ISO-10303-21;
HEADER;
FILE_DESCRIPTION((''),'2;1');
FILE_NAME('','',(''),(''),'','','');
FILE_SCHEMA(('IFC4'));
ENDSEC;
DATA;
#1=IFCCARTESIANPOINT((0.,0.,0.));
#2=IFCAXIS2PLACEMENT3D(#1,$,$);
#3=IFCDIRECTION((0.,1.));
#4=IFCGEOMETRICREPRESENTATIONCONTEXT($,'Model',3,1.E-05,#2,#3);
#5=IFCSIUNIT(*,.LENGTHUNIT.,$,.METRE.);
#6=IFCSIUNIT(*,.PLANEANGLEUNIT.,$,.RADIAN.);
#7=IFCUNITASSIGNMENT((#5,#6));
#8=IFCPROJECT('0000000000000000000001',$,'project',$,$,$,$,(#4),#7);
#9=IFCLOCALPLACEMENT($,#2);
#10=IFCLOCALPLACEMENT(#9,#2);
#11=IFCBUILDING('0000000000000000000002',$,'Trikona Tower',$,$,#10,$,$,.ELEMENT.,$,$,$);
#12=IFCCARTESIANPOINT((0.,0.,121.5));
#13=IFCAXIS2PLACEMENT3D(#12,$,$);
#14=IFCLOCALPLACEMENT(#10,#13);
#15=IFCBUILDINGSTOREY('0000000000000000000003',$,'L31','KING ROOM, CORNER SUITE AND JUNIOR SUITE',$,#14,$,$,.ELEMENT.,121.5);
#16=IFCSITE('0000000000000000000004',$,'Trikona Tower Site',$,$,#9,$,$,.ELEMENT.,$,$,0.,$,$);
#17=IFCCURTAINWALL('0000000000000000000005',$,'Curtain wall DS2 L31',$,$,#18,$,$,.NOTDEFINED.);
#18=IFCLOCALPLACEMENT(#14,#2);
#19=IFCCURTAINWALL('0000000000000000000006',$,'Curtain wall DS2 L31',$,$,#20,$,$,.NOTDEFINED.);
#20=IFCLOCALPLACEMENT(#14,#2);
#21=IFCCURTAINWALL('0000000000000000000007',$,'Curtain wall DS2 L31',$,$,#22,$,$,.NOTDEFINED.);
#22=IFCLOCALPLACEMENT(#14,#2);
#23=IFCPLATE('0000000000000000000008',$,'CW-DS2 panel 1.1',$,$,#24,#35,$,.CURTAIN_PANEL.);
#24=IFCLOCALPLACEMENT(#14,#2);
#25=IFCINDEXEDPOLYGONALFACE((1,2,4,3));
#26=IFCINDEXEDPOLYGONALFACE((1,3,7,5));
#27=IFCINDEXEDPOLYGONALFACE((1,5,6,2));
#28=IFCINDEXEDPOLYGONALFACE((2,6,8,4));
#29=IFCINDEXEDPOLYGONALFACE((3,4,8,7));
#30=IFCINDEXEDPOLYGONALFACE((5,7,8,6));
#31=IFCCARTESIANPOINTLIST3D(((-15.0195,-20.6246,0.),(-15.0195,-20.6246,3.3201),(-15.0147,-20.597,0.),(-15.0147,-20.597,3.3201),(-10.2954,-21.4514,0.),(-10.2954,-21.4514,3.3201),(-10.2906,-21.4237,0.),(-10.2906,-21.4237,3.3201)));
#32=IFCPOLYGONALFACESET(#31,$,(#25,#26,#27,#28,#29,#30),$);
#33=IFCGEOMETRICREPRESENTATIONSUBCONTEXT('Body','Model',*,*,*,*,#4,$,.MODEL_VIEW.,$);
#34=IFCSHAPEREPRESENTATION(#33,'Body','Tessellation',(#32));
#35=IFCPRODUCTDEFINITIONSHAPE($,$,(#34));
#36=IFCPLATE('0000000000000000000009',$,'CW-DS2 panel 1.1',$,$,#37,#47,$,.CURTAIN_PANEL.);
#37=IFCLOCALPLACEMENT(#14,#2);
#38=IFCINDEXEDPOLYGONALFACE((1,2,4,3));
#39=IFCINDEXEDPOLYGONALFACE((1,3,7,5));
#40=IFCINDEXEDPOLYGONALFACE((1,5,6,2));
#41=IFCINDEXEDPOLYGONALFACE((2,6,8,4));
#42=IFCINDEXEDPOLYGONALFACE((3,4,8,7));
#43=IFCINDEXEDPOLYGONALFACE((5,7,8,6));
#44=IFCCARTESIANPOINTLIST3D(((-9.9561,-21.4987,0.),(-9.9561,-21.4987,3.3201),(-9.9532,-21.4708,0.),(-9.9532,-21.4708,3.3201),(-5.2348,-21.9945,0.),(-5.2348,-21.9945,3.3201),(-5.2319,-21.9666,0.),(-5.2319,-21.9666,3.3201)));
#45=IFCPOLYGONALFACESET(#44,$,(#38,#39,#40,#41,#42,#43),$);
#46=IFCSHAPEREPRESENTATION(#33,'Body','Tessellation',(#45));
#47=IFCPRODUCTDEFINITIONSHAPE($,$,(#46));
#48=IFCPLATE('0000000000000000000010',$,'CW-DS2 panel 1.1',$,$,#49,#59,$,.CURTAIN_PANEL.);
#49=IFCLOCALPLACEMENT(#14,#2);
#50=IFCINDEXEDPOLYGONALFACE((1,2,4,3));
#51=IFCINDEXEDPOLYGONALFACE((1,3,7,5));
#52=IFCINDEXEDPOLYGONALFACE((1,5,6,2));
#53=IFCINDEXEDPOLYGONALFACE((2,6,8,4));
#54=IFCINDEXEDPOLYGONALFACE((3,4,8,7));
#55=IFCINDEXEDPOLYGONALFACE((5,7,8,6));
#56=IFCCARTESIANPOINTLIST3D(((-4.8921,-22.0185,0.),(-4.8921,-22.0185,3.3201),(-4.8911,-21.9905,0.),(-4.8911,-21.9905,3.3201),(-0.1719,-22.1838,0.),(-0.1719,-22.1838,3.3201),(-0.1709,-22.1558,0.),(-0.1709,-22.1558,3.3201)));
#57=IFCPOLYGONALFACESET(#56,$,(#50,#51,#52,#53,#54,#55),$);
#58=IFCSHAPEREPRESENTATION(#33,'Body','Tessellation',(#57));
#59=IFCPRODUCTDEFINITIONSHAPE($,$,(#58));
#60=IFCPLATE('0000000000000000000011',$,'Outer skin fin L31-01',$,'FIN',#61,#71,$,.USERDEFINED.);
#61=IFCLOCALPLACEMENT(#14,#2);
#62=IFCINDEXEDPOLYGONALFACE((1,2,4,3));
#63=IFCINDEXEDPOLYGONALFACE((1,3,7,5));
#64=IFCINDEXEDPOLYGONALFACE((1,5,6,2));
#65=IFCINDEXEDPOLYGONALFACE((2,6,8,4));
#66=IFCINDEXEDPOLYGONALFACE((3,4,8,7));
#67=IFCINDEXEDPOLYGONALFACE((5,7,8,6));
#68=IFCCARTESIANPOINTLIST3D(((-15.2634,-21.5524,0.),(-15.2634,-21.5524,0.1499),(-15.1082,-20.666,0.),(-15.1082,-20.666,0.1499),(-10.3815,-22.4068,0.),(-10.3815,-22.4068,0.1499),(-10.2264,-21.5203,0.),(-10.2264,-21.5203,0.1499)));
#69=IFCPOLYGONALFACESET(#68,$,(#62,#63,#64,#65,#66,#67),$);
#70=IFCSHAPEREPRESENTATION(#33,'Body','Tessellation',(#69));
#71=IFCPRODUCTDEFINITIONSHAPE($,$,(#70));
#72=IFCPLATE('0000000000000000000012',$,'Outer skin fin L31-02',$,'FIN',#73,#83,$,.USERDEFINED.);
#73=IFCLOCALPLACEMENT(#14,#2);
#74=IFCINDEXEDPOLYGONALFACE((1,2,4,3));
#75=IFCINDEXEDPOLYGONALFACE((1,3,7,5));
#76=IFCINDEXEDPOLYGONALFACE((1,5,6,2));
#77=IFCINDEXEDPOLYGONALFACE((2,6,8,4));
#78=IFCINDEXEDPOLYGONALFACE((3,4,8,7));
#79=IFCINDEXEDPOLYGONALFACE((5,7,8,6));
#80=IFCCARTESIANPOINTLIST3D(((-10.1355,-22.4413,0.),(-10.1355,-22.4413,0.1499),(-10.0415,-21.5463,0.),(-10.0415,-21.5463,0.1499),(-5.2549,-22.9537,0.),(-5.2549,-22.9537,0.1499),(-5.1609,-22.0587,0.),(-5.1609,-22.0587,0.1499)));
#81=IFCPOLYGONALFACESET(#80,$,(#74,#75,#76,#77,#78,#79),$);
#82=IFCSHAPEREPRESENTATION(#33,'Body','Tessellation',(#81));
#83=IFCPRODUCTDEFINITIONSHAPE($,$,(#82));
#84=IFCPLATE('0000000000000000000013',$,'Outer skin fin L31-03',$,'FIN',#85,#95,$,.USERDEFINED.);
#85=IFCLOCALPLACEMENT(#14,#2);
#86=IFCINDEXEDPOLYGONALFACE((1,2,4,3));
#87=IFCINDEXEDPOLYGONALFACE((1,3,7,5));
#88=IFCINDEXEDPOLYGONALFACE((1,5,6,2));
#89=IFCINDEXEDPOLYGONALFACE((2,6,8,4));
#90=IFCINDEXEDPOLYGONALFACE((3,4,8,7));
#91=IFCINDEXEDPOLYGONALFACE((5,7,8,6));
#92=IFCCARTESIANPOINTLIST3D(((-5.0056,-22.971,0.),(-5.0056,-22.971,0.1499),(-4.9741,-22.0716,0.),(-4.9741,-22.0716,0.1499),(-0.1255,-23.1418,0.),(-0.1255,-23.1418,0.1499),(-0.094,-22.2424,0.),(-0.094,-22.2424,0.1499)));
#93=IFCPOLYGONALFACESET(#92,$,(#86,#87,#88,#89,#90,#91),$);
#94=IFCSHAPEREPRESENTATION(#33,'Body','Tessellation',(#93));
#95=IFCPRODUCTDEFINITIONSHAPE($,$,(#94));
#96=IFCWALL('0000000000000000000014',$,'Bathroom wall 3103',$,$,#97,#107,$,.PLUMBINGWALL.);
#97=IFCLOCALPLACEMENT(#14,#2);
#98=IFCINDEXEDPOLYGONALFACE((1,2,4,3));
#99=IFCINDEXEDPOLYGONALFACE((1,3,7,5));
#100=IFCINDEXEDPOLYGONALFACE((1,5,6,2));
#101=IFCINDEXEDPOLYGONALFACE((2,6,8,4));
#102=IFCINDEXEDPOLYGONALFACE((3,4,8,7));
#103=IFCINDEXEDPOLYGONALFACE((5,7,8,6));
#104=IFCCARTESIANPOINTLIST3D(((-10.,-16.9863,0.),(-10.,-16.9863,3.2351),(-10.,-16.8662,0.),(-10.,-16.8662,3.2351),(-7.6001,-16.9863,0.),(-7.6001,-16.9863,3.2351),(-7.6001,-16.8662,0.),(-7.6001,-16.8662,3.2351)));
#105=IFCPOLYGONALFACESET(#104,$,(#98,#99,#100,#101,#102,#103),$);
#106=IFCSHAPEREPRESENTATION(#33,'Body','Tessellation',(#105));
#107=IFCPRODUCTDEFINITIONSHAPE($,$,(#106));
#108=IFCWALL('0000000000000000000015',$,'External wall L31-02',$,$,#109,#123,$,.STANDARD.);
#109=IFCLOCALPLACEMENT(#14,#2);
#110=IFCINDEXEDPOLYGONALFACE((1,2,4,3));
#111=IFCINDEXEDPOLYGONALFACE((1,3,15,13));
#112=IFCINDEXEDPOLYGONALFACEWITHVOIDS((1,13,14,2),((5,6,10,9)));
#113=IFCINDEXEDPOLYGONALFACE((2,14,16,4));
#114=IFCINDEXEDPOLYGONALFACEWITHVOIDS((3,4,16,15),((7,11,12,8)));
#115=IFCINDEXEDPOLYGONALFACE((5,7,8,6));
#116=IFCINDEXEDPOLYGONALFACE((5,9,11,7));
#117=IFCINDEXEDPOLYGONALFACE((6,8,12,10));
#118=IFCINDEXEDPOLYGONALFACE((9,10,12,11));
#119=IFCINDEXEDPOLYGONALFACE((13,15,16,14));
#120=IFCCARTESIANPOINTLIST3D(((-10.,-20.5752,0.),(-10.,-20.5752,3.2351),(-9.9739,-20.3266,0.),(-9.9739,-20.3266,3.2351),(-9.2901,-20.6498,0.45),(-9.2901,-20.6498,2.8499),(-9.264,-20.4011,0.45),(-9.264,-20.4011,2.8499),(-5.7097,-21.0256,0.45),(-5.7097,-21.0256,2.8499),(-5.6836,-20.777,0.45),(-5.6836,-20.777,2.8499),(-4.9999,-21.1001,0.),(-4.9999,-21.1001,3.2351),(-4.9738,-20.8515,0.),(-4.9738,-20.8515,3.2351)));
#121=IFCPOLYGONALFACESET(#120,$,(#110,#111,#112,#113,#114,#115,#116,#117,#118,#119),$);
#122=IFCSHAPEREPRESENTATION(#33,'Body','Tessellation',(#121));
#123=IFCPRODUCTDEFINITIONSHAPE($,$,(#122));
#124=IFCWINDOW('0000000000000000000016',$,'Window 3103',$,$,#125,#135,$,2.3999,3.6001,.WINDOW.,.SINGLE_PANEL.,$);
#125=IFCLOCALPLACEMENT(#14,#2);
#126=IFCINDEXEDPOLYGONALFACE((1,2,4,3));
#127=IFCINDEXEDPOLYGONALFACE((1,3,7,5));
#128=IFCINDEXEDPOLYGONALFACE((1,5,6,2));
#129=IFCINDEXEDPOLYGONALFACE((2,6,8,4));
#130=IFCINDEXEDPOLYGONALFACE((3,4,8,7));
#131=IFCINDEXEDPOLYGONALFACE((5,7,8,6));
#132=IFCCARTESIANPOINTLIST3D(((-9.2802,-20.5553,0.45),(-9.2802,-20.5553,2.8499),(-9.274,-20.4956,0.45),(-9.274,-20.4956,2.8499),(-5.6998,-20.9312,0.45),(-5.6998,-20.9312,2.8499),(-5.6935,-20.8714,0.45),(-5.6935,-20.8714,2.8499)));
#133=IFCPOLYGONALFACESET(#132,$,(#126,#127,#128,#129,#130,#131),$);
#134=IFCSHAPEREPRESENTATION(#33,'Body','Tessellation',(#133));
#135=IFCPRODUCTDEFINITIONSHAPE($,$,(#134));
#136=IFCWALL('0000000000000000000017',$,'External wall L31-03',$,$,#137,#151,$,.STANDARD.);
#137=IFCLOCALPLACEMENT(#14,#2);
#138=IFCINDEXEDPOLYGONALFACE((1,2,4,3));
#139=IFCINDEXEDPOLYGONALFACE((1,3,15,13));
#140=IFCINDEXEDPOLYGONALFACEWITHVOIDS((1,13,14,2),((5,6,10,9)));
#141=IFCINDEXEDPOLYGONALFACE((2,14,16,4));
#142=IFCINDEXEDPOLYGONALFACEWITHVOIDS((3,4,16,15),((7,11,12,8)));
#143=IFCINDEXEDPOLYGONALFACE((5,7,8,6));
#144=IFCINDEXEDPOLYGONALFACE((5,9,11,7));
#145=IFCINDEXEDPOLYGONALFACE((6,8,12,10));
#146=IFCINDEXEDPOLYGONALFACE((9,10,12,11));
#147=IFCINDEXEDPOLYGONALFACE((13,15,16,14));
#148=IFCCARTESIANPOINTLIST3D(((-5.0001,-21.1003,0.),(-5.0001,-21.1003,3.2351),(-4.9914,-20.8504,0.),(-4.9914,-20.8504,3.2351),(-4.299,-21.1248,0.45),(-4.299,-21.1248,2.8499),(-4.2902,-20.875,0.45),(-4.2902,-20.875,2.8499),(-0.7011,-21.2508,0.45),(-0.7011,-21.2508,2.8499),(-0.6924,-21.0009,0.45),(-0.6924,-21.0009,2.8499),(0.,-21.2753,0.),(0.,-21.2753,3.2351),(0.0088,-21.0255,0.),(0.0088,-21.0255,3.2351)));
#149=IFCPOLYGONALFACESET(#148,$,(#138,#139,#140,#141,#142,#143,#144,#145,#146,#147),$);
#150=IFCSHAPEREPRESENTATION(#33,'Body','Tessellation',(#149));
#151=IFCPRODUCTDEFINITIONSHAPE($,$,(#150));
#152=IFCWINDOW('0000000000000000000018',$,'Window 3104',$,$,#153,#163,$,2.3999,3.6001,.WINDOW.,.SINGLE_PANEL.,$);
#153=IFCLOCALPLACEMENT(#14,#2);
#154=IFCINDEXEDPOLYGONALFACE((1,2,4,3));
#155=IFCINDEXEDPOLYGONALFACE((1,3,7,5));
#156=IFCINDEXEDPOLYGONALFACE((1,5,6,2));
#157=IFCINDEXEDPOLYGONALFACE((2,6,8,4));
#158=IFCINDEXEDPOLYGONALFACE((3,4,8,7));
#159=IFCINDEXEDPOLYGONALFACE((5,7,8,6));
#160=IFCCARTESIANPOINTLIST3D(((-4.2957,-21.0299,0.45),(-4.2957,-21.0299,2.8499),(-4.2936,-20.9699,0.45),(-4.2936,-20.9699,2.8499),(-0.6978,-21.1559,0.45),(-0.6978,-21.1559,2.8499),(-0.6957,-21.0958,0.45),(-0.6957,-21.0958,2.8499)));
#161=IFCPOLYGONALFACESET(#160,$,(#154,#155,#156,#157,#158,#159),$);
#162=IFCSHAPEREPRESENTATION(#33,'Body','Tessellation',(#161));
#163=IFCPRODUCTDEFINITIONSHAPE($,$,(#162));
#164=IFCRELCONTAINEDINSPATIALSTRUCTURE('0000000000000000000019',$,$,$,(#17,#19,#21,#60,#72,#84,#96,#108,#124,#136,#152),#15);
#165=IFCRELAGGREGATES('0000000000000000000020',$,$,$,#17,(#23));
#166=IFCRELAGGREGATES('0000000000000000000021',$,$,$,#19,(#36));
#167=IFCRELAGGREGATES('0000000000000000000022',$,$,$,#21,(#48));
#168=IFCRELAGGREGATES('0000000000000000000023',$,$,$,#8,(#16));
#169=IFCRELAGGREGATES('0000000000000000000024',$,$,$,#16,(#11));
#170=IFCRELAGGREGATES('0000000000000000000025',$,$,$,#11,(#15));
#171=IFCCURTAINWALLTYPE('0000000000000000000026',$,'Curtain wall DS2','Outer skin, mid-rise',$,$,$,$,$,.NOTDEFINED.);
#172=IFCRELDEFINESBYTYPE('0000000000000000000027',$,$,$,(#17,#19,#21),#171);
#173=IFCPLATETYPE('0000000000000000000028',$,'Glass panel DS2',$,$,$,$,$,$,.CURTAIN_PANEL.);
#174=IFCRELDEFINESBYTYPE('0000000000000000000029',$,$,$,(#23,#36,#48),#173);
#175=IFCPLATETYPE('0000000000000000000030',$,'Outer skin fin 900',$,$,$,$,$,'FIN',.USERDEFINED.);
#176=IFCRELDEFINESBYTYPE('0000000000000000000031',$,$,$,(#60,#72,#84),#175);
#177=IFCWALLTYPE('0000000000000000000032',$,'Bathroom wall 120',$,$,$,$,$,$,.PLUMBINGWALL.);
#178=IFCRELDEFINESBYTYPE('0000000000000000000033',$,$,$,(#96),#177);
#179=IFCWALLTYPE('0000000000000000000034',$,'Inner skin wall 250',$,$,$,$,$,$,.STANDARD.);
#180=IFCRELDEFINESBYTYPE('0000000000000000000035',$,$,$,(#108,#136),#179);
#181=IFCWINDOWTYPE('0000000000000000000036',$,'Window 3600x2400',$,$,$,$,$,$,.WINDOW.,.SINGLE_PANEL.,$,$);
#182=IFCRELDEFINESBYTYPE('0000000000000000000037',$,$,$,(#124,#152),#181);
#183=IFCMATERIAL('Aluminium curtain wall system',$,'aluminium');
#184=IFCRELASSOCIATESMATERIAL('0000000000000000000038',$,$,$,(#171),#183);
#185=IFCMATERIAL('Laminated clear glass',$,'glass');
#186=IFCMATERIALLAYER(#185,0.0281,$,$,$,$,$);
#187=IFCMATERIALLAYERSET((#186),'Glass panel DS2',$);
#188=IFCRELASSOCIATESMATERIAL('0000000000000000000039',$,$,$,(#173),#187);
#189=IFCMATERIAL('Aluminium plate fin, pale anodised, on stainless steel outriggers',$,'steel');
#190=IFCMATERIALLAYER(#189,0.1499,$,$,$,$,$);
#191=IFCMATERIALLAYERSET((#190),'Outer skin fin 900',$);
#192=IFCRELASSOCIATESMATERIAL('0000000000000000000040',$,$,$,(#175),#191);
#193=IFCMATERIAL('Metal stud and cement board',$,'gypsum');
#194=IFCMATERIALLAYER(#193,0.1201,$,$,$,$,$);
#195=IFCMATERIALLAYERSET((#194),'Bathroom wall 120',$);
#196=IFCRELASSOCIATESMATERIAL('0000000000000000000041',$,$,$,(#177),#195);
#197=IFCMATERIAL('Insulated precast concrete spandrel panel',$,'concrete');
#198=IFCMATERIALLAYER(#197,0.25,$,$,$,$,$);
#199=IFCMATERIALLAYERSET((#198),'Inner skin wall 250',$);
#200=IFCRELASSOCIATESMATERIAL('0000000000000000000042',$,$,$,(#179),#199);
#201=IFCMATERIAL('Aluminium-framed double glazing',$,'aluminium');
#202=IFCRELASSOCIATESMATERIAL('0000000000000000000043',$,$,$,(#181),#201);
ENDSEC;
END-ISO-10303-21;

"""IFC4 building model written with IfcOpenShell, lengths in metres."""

from ifc_helpers import new_model, si_unit, direction, frame, frame_2d, origin, origin_2d, place, context, subcontext, project, spatial, rectangle, extrude, material, layer, layer_set, type_object, element, fill, aggregate, save


model = new_model("IFC4")

# Units and contexts
model_context = context("Model", 3, precision=1e-05, world=origin(), true_north=direction((0.0, 1.0)))
body_context = subcontext(model_context, "Body", "Model", "MODEL_VIEW")
ifc_project = project(units=[si_unit("LENGTHUNIT", "METRE"), si_unit("PLANEANGLEUNIT", "RADIAN")], contexts=[model_context])

# Site, building, storey
site_placement = place(None, origin())
site = spatial("IfcSite", under=ifc_project, at=site_placement, Name="Trikona Tower Site", CompositionType="ELEMENT", RefElevation=0.0)
building_placement = place(site_placement, origin())
building = spatial("IfcBuilding", under=site, at=building_placement, Name="Trikona Tower", CompositionType="ELEMENT")
storey_placement = place(building_placement, frame((0.0, 0.0, 121.5)))
storey = spatial("IfcBuildingStorey", under=building, at=storey_placement, Name="L31", Description="KING ROOM, CORNER SUITE AND JUNIOR SUITE", CompositionType="ELEMENT", Elevation=121.5)

# Curtain wall
ifc_material_1 = material(Name="Aluminium curtain wall system", Category="aluminium")
curtain_wall_type = type_object("IfcCurtainWallType", Name="Curtain wall DS2", Description="Outer skin, mid-rise", PredefinedType="NOTDEFINED", material=ifc_material_1)
curtain_wall_1_placement = place(storey_placement, origin())
curtain_wall_1 = element("IfcCurtainWall", 1, at=curtain_wall_1_placement, inside=storey, type_object=curtain_wall_type, Name="Curtain wall DS2 L31", PredefinedType="NOTDEFINED")

# Curtain walls
curtain_wall_2_placement = place(storey_placement, origin())
curtain_wall_2 = element("IfcCurtainWall", 2, at=curtain_wall_2_placement, inside=storey, type_object=curtain_wall_type, Name="Curtain wall DS2 L31", PredefinedType="NOTDEFINED")
curtain_wall_3_placement = place(storey_placement, origin())
curtain_wall_3 = element("IfcCurtainWall", 3, at=curtain_wall_3_placement, inside=storey, type_object=curtain_wall_type, Name="Curtain wall DS2 L31", PredefinedType="NOTDEFINED")

# Plates
ifc_material_2 = material(Name="Laminated clear glass", Category="glass")
ifc_layer_1 = layer(ifc_material_2, 0.0281)
ifc_layer_set_1 = layer_set([ifc_layer_1], Name="Glass panel DS2")
plate_type_1 = type_object("IfcPlateType", Name="Glass panel DS2", PredefinedType="CURTAIN_PANEL", material=ifc_layer_set_1)
plate_1_placement = place(storey_placement, frame((-12.655, -21.0242, 0.0), z_axis=(0.0, 0.0, 1.0), x_axis=(0.985031, -0.172377, 0.0)))
plate_1 = element("IfcPlate", 4, at=plate_1_placement, type_object=plate_type_1, Name="CW-DS2 panel 1.1", PredefinedType="CURTAIN_PANEL", context=body_context, shape_type="SweptSolid", body=[
    extrude(rectangle(XDim=4.7959, YDim=0.0281, at=origin_2d()), origin(), (0.0, 0.0, 1.0), 3.3201),
])
aggregate(curtain_wall_1, [plate_1])
plate_2_placement = place(storey_placement, frame((-7.594, -21.7327, 0.0), z_axis=(0.0, 0.0, 1.0), x_axis=(0.994532, -0.104433, 0.0)))
plate_2 = element("IfcPlate", 5, at=plate_2_placement, type_object=plate_type_1, Name="CW-DS2 panel 1.1", PredefinedType="CURTAIN_PANEL", context=body_context, shape_type="SweptSolid", body=[
    extrude(rectangle(XDim=4.7473, YDim=0.0281, at=origin_2d()), origin(), (0.0, 0.0, 1.0), 3.3201),
])
aggregate(curtain_wall_2, [plate_2])
plate_3_placement = place(storey_placement, frame((-2.5315, -22.0872, 0.0), z_axis=(0.0, 0.0, 1.0), x_axis=(0.999387, -0.034998, 0.0)))
plate_3 = element("IfcPlate", 6, at=plate_3_placement, type_object=plate_type_1, Name="CW-DS2 panel 1.1", PredefinedType="CURTAIN_PANEL", context=body_context, shape_type="SweptSolid", body=[
    extrude(rectangle(XDim=4.7231, YDim=0.0281, at=origin_2d()), origin(), (0.0, 0.0, 1.0), 3.3201),
])
aggregate(curtain_wall_3, [plate_3])

# Plates
ifc_material_3 = material(Name="Aluminium plate fin, pale anodised, on stainless steel outriggers", Category="steel")
ifc_layer_2 = layer(ifc_material_3, 0.1499)
ifc_layer_set_2 = layer_set([ifc_layer_2], Name="Outer skin fin 900")
plate_type_2 = type_object("IfcPlateType", Name="Outer skin fin 900", ElementType="FIN", PredefinedType="USERDEFINED", material=ifc_layer_set_2)
plate_4_placement = place(storey_placement, frame((-12.7449, -21.5364, 0.0), z_axis=(0.0, 0.0, 1.0), x_axis=(0.985031, -0.17238, 0.0)))
element("IfcPlate", 7, at=plate_4_placement, inside=storey, type_object=plate_type_2, Name="Outer skin fin L31-01", ObjectType="FIN", PredefinedType="USERDEFINED", context=body_context, shape_type="SweptSolid", body=[
    extrude(rectangle(XDim=4.9561, YDim=0.8999, at=origin_2d()), origin(), (0.0, 0.0, 1.0), 0.1499),
])
plate_5_placement = place(storey_placement, frame((-7.6482, -22.25, 0.0), z_axis=(0.0, 0.0, 1.0), x_axis=(0.994533, -0.104426, 0.0)))
element("IfcPlate", 8, at=plate_5_placement, inside=storey, type_object=plate_type_2, Name="Outer skin fin L31-02", ObjectType="FIN", PredefinedType="USERDEFINED", context=body_context, shape_type="SweptSolid", body=[
    extrude(rectangle(XDim=4.9075, YDim=0.8999, at=origin_2d()), origin(), (0.0, 0.0, 1.0), 0.1499),
])
plate_6_placement = place(storey_placement, frame((-2.5498, -22.6067, 0.0), z_axis=(0.0, 0.0, 1.0), x_axis=(0.999388, -0.034978, 0.0)))
element("IfcPlate", 9, at=plate_6_placement, inside=storey, type_object=plate_type_2, Name="Outer skin fin L31-03", ObjectType="FIN", PredefinedType="USERDEFINED", context=body_context, shape_type="SweptSolid", body=[
    extrude(rectangle(XDim=4.8831, YDim=0.8999, at=origin_2d()), origin(), (0.0, 0.0, 1.0), 0.1499),
])

# Wall
ifc_material_4 = material(Name="Metal stud and cement board", Category="gypsum")
ifc_layer_3 = layer(ifc_material_4, 0.1201)
ifc_layer_set_3 = layer_set([ifc_layer_3], Name="Bathroom wall 120")
wall_type_1 = type_object("IfcWallType", Name="Bathroom wall 120", PredefinedType="PLUMBINGWALL", material=ifc_layer_set_3)
wall_1_placement = place(storey_placement, frame((-10.0, -16.9263, 0.0), z_axis=(0.0, 0.0, 1.0), x_axis=(1.0, 0.0, 0.0)))
element("IfcWall", 10, at=wall_1_placement, inside=storey, type_object=wall_type_1, Name="Bathroom wall 3103", PredefinedType="PLUMBINGWALL", context=body_context, shape_type="SweptSolid", body=[
    extrude(rectangle(XDim=2.3999, YDim=0.1201, at=frame_2d((1.2, 0.0))), origin(), (0.0, 0.0, 1.0), 3.2351),
])

# Walls, openings, windows
ifc_material_5 = material(Name="Insulated precast concrete spandrel panel", Category="concrete")
ifc_layer_4 = layer(ifc_material_5, 0.25)
ifc_layer_set_4 = layer_set([ifc_layer_4], Name="Inner skin wall 250")
wall_type_2 = type_object("IfcWallType", Name="Inner skin wall 250", PredefinedType="STANDARD", material=ifc_layer_set_4)
wall_2_placement = place(storey_placement, frame((-9.9868, -20.4509, 0.0), z_axis=(0.0, 0.0, 1.0), x_axis=(0.994535, -0.104407, 0.0)))
wall_2 = element("IfcWall", 11, at=wall_2_placement, inside=storey, type_object=wall_type_2, Name="External wall L31-02", PredefinedType="STANDARD", context=body_context, shape_type="SweptSolid", body=[
    extrude(rectangle(XDim=5.0276, YDim=0.25, at=frame_2d((2.5137, 0.0))), origin(), (0.0, 0.0, 1.0), 3.2351),
])
opening_1_placement = place(wall_2_placement, frame((0.7136, 0.0, 0.45)))
opening_1 = element("IfcOpeningElement", 12, at=opening_1_placement, cuts=wall_2, PredefinedType="OPENING", context=body_context, shape_type="SweptSolid", body=[
    extrude(rectangle(XDim=3.6001, YDim=2.3999, at=frame_2d((1.8, 1.2))), frame((0.0, 0.135, 0.0), z_axis=(0.0, -1.0, 0.0), x_axis=(1.0, 0.0, 0.0)), (0.0, 0.0, 1.0), 0.27),
])
ifc_material_6 = material(Name="Aluminium-framed double glazing", Category="aluminium")
window_type = type_object("IfcWindowType", Name="Window 3600x2400", PartitioningType="SINGLE_PANEL", PredefinedType="WINDOW", material=ifc_material_6)
window_1_placement = place(opening_1_placement, origin())
window_1 = element("IfcWindow", 13, at=window_1_placement, inside=storey, type_object=window_type, Name="Window 3103", OverallHeight=2.3999, OverallWidth=3.6001, PartitioningType="SINGLE_PANEL", PredefinedType="WINDOW", context=body_context, shape_type="SweptSolid", body=[
    extrude(rectangle(XDim=3.6001, YDim=2.3999, at=frame_2d((1.8, 1.2))), frame((0.0, 0.03, 0.0), z_axis=(0.0, -1.0, 0.0), x_axis=(1.0, 0.0, 0.0)), (0.0, 0.0, 1.0), 0.0601),
])
fill(opening_1, window_1)
wall_3_placement = place(storey_placement, frame((-4.9956, -20.9753, 0.0), z_axis=(0.0, 0.0, 1.0), x_axis=(0.999388, -0.034988, 0.0)))
wall_3 = element("IfcWall", 14, at=wall_3_placement, inside=storey, type_object=wall_type_2, Name="External wall L31-03", PredefinedType="STANDARD", context=body_context, shape_type="SweptSolid", body=[
    extrude(rectangle(XDim=5.0032, YDim=0.25, at=frame_2d((2.5015, 0.0))), origin(), (0.0, 0.0, 1.0), 3.2351),
])
opening_2_placement = place(wall_3_placement, frame((0.7014, 0.0, 0.45)))
opening_2 = element("IfcOpeningElement", 15, at=opening_2_placement, cuts=wall_3, PredefinedType="OPENING", context=body_context, shape_type="SweptSolid", body=[
    extrude(rectangle(XDim=3.6001, YDim=2.3999, at=frame_2d((1.8, 1.2))), frame((0.0, 0.135, 0.0), z_axis=(0.0, -1.0, 0.0), x_axis=(1.0, 0.0, 0.0)), (0.0, 0.0, 1.0), 0.27),
])
window_2_placement = place(opening_2_placement, origin())
window_2 = element("IfcWindow", 16, at=window_2_placement, inside=storey, type_object=window_type, Name="Window 3104", OverallHeight=2.3999, OverallWidth=3.6001, PartitioningType="SINGLE_PANEL", PredefinedType="WINDOW", context=body_context, shape_type="SweptSolid", body=[
    extrude(rectangle(XDim=3.6001, YDim=2.3999, at=frame_2d((1.8, 1.2))), frame((0.0, 0.03, 0.0), z_axis=(0.0, -1.0, 0.0), x_axis=(1.0, 0.0, 0.0)), (0.0, 0.0, 1.0), 0.0601),
])
fill(opening_2, window_2)

save(model, "model.ifc")
